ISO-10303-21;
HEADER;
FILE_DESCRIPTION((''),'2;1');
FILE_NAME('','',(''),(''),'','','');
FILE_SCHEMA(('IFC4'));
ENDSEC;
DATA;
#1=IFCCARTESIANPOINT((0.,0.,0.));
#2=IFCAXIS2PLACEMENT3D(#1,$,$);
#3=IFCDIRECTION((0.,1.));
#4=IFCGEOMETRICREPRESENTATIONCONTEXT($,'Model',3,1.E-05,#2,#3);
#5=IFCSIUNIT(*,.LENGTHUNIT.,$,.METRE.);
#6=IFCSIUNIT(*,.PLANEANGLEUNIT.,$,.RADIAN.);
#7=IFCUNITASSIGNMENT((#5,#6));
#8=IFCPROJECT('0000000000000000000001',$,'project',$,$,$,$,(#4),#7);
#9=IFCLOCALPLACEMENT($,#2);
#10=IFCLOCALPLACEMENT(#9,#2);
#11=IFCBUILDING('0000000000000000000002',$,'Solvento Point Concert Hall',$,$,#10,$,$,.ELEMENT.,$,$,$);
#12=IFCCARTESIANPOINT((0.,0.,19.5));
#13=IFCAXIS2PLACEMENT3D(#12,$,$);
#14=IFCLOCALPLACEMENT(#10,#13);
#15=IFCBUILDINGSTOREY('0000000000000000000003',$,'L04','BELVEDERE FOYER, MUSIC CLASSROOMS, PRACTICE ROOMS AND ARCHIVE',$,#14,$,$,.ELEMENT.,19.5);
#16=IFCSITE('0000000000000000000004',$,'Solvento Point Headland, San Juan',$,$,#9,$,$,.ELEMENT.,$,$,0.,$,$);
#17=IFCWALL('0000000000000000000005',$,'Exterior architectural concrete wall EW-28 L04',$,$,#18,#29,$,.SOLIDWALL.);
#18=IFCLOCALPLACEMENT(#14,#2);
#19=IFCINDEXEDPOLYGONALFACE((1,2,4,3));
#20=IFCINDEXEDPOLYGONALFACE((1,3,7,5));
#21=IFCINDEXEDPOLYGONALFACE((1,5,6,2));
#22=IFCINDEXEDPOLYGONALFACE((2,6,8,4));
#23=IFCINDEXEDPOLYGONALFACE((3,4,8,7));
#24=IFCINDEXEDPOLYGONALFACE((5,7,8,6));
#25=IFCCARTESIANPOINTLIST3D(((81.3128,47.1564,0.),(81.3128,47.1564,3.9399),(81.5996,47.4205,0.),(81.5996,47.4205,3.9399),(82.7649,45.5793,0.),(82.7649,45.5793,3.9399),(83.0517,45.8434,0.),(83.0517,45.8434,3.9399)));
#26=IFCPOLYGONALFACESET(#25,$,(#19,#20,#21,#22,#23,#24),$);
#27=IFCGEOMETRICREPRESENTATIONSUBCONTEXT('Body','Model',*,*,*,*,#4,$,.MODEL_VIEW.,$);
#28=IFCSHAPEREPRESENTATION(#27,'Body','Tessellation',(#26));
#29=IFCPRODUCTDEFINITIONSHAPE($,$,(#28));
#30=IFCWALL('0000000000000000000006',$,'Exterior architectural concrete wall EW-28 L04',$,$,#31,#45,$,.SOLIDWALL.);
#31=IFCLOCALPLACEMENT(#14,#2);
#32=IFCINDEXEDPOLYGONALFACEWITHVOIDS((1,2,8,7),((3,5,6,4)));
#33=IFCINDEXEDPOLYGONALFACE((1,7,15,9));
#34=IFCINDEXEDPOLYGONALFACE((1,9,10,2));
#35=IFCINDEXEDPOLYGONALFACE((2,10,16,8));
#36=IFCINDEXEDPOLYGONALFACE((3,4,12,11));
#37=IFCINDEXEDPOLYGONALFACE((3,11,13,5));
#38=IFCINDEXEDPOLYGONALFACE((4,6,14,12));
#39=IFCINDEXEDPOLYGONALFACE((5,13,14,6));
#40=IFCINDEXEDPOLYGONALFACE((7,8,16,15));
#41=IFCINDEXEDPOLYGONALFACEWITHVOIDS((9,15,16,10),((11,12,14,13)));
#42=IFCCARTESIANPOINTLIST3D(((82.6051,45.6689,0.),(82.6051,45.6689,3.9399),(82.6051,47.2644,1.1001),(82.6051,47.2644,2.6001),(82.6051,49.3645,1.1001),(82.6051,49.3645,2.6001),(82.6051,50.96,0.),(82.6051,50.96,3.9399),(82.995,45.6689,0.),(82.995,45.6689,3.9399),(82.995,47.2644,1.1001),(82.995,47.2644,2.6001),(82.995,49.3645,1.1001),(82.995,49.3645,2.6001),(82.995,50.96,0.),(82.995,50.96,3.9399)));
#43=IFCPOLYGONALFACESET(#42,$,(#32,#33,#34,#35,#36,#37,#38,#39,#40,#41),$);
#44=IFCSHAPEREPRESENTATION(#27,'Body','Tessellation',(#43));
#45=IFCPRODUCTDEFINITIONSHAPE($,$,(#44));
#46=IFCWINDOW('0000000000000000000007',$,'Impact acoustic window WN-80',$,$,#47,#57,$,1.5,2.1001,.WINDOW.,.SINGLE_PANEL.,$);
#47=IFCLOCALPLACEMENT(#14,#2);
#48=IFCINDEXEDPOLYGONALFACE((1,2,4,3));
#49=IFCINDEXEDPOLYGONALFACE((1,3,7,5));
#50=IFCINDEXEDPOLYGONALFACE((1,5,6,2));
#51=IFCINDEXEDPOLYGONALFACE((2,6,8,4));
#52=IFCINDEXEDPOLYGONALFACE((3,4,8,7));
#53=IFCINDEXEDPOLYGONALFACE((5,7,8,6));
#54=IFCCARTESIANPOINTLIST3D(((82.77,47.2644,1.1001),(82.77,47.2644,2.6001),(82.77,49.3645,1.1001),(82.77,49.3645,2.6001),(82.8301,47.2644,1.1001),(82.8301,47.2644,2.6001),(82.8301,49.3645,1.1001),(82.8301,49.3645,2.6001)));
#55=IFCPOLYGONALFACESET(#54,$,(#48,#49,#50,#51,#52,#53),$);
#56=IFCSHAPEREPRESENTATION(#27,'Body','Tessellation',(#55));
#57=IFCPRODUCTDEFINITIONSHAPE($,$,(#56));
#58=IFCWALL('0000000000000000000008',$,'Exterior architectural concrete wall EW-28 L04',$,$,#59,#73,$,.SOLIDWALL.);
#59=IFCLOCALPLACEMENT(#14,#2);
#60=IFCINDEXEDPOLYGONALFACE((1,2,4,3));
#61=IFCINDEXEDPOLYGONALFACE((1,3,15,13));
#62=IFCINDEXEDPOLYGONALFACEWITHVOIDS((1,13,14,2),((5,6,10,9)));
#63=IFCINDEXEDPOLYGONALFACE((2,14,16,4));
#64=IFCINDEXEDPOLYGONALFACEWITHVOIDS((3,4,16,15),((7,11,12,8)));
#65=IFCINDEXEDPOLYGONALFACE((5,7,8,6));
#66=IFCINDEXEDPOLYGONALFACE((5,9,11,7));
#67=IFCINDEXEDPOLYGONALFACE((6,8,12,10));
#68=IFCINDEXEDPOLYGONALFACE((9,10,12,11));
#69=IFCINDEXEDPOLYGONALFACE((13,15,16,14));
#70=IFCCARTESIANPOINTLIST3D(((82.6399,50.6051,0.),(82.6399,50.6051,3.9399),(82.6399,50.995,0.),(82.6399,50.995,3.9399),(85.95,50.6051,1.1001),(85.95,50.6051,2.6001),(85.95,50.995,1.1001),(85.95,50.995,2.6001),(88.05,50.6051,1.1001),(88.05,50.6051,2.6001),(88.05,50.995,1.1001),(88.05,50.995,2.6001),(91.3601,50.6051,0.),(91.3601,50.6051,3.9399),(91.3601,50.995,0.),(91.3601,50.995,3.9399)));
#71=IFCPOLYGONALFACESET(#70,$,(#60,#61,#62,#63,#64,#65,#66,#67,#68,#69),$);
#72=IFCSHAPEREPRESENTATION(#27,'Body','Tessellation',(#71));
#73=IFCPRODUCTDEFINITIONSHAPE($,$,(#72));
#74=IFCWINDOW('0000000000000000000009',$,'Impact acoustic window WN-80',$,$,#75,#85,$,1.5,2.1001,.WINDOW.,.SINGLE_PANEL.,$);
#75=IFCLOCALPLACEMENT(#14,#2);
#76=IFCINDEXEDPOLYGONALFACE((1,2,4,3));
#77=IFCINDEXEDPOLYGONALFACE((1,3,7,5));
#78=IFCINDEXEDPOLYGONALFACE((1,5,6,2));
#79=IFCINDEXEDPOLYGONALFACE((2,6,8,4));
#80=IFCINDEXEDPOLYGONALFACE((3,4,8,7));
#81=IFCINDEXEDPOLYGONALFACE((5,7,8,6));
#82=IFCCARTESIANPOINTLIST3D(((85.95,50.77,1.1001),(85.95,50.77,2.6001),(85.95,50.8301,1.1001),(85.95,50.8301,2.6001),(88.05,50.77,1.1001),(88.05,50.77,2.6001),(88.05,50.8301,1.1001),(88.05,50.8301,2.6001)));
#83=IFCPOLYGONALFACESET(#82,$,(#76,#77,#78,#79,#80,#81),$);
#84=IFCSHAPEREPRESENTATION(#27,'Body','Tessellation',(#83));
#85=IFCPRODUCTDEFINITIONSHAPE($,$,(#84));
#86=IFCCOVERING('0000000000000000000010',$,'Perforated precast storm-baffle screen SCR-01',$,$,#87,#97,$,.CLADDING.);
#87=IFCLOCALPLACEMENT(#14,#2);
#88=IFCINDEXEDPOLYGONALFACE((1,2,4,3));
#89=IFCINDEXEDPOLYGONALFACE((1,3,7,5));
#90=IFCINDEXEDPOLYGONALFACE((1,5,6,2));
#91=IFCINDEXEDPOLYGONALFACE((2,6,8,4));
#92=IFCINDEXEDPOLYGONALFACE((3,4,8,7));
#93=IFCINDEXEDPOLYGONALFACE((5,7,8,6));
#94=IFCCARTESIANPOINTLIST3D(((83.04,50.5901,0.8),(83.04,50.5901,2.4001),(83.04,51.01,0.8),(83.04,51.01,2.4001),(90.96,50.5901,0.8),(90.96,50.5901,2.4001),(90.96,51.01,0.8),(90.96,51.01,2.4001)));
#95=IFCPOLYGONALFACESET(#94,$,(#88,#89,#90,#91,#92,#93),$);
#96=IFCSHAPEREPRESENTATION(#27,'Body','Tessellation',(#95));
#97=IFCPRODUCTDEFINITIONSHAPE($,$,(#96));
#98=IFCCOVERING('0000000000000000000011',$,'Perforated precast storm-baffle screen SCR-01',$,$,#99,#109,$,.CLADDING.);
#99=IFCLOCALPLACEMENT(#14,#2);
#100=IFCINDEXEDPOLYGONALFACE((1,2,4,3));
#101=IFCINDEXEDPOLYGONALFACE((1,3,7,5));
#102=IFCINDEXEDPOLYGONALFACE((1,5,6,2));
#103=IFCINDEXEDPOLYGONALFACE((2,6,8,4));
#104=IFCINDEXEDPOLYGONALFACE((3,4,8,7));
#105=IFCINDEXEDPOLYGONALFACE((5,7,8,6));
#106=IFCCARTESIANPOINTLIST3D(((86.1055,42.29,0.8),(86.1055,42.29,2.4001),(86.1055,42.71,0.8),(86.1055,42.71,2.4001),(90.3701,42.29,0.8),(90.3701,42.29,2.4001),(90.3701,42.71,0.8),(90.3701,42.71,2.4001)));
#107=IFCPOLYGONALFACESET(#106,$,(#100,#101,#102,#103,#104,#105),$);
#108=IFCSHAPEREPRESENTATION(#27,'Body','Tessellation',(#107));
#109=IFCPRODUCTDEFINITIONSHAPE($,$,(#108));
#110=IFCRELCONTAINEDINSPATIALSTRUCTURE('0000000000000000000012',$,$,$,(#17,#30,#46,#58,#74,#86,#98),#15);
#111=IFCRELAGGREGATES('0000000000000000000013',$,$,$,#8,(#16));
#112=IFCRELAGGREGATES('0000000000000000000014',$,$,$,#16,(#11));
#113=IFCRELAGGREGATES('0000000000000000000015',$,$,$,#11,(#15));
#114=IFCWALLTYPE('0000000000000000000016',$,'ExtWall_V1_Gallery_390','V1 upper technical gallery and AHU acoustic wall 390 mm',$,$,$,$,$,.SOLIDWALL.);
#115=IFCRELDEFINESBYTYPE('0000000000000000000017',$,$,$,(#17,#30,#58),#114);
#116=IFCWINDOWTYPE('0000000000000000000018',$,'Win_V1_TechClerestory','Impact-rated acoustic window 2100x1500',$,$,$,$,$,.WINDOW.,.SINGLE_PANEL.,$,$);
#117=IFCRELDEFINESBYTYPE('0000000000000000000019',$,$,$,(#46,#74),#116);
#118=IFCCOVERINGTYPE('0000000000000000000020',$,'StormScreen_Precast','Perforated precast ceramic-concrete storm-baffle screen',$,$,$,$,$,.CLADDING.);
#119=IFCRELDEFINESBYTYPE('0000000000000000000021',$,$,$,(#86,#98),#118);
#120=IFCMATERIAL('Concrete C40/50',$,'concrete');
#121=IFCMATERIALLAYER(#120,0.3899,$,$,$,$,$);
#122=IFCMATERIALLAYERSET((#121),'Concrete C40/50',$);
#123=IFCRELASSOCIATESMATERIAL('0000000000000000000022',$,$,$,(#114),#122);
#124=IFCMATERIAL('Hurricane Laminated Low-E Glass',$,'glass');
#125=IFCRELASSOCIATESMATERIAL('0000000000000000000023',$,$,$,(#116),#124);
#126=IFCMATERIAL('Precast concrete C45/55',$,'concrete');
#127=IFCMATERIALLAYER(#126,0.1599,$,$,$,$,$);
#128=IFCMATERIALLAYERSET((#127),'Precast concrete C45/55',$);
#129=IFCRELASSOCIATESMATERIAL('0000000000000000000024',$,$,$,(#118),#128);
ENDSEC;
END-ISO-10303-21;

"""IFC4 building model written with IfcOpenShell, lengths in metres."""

from ifc_helpers import new_model, si_unit, direction, frame, frame_2d, origin, origin_2d, place, context, subcontext, project, spatial, rectangle, extrude, material, layer, layer_set, type_object, element, fill, save


model = new_model("IFC4")

# Units and contexts
model_context = context("Model", 3, precision=1e-05, world=origin(), true_north=direction((0.0, 1.0)))
body_context = subcontext(model_context, "Body", "Model", "MODEL_VIEW")
ifc_project = project(units=[si_unit("LENGTHUNIT", "METRE"), si_unit("PLANEANGLEUNIT", "RADIAN")], contexts=[model_context])

# Site, building, storey
site_placement = place(None, origin())
site = spatial("IfcSite", under=ifc_project, at=site_placement, Name="Solvento Point Headland, San Juan", CompositionType="ELEMENT", RefElevation=0.0)
building_placement = place(site_placement, origin())
building = spatial("IfcBuilding", under=site, at=building_placement, Name="Solvento Point Concert Hall", CompositionType="ELEMENT")
storey_placement = place(building_placement, frame((0.0, 0.0, 19.5)))
storey = spatial("IfcBuildingStorey", under=building, at=storey_placement, Name="L04", Description="BELVEDERE FOYER, MUSIC CLASSROOMS, PRACTICE ROOMS AND ARCHIVE", CompositionType="ELEMENT", Elevation=19.5)

# Wall
ifc_material_1 = material(Name="Concrete C40/50", Category="concrete")
ifc_layer_1 = layer(ifc_material_1, 0.3899)
ifc_layer_set_1 = layer_set([ifc_layer_1], Name="Concrete C40/50")
wall_type_1 = type_object("IfcWallType", Name="ExtWall_V1_Gallery_390", Description="V1 upper technical gallery and AHU acoustic wall 390 mm", PredefinedType="SOLIDWALL", material=ifc_layer_set_1)
wall_1_placement = place(storey_placement, frame((81.4563, 47.2883, 0.0), z_axis=(0.0, 0.0, 1.0), x_axis=(0.677353, -0.735659, 0.0)))
element("IfcWall", 1, at=wall_1_placement, inside=storey, type_object=wall_type_1, Name="Exterior architectural concrete wall EW-28 L04", PredefinedType="SOLIDWALL", context=body_context, shape_type="SweptSolid", body=[
    extrude(rectangle(XDim=2.1438, YDim=0.3899, at=frame_2d((1.0718, 0.0))), origin(), (0.0, 0.0, 1.0), 3.9399),
])

# Walls, openings, windows
wall_2_placement = place(storey_placement, frame((82.8, 45.6689, 0.0), z_axis=(0.0, 0.0, 1.0), x_axis=(0.0, 1.0, 0.0)))
wall_2 = element("IfcWall", 2, at=wall_2_placement, inside=storey, type_object=wall_type_1, Name="Exterior architectural concrete wall EW-28 L04", PredefinedType="SOLIDWALL", context=body_context, shape_type="SweptSolid", body=[
    extrude(rectangle(XDim=5.291, YDim=0.3899, at=frame_2d((2.6455, 0.0))), origin(), (0.0, 0.0, 1.0), 3.9399),
])
opening_1_placement = place(wall_2_placement, frame((1.5955, 0.0, 1.1001)))
opening_1 = element("IfcOpeningElement", 3, at=opening_1_placement, cuts=wall_2, PredefinedType="OPENING", context=body_context, shape_type="SweptSolid", body=[
    extrude(rectangle(XDim=2.1001, YDim=1.5, at=frame_2d((1.05, 0.75))), frame((0.0, 0.2048, 0.0), z_axis=(0.0, -1.0, 0.0), x_axis=(1.0, 0.0, 0.0)), (0.0, 0.0, 1.0), 0.4099),
])
ifc_material_2 = material(Name="Hurricane Laminated Low-E Glass", Category="glass")
window_type = type_object("IfcWindowType", Name="Win_V1_TechClerestory", Description="Impact-rated acoustic window 2100x1500", PartitioningType="SINGLE_PANEL", PredefinedType="WINDOW", material=ifc_material_2)
window_1_placement = place(opening_1_placement, origin())
window_1 = element("IfcWindow", 4, at=window_1_placement, inside=storey, type_object=window_type, Name="Impact acoustic window WN-80", OverallHeight=1.5, OverallWidth=2.1001, PartitioningType="SINGLE_PANEL", PredefinedType="WINDOW", context=body_context, shape_type="SweptSolid", body=[
    extrude(rectangle(XDim=2.1001, YDim=1.5, at=frame_2d((1.05, 0.75))), frame((0.0, 0.03, 0.0), z_axis=(0.0, -1.0, 0.0), x_axis=(1.0, 0.0, 0.0)), (0.0, 0.0, 1.0), 0.0601),
])
fill(opening_1, window_1)
wall_3_placement = place(storey_placement, frame((82.6399, 50.8, 0.0), z_axis=(0.0, 0.0, 1.0), x_axis=(1.0, 0.0, 0.0)))
wall_3 = element("IfcWall", 5, at=wall_3_placement, inside=storey, type_object=wall_type_1, Name="Exterior architectural concrete wall EW-28 L04", PredefinedType="SOLIDWALL", context=body_context, shape_type="SweptSolid", body=[
    extrude(rectangle(XDim=8.7202, YDim=0.3899, at=frame_2d((4.3601, 0.0))), origin(), (0.0, 0.0, 1.0), 3.9399),
])
opening_2_placement = place(wall_3_placement, frame((3.3101, 0.0, 1.1001)))
opening_2 = element("IfcOpeningElement", 6, at=opening_2_placement, cuts=wall_3, PredefinedType="OPENING", context=body_context, shape_type="SweptSolid", body=[
    extrude(rectangle(XDim=2.1001, YDim=1.5, at=frame_2d((1.05, 0.75))), frame((0.0, 0.2048, 0.0), z_axis=(0.0, -1.0, 0.0), x_axis=(1.0, 0.0, 0.0)), (0.0, 0.0, 1.0), 0.4099),
])
window_2_placement = place(opening_2_placement, origin())
window_2 = element("IfcWindow", 7, at=window_2_placement, inside=storey, type_object=window_type, Name="Impact acoustic window WN-80", OverallHeight=1.5, OverallWidth=2.1001, PartitioningType="SINGLE_PANEL", PredefinedType="WINDOW", context=body_context, shape_type="SweptSolid", body=[
    extrude(rectangle(XDim=2.1001, YDim=1.5, at=frame_2d((1.05, 0.75))), frame((0.0, 0.03, 0.0), z_axis=(0.0, -1.0, 0.0), x_axis=(1.0, 0.0, 0.0)), (0.0, 0.0, 1.0), 0.0601),
])
fill(opening_2, window_2)

# Coverings
ifc_material_3 = material(Name="Precast concrete C45/55", Category="concrete")
ifc_layer_2 = layer(ifc_material_3, 0.1599)
ifc_layer_set_2 = layer_set([ifc_layer_2], Name="Precast concrete C45/55")
covering_type = type_object("IfcCoveringType", Name="StormScreen_Precast", Description="Perforated precast ceramic-concrete storm-baffle screen", PredefinedType="CLADDING", material=ifc_layer_set_2)
covering_1_placement = place(storey_placement, frame((87.0, 50.8, 0.8), z_axis=(0.0, 0.0, 1.0), x_axis=(1.0, 0.0, 0.0)))
element("IfcCovering", 8, at=covering_1_placement, inside=storey, type_object=covering_type, Name="Perforated precast storm-baffle screen SCR-01", PredefinedType="CLADDING", context=body_context, shape_type="SweptSolid", body=[
    extrude(rectangle(XDim=7.9199, YDim=0.4199, at=origin_2d()), origin(), (0.0, 0.0, 1.0), 1.6001),
])
covering_2_placement = place(storey_placement, frame((88.2378, 42.5, 0.8), z_axis=(0.0, 0.0, 1.0), x_axis=(-1.0, 0.0, 0.0)))
element("IfcCovering", 9, at=covering_2_placement, inside=storey, type_object=covering_type, Name="Perforated precast storm-baffle screen SCR-01", PredefinedType="CLADDING", context=body_context, shape_type="SweptSolid", body=[
    extrude(rectangle(XDim=4.2646, YDim=0.4199, at=origin_2d()), origin(), (0.0, 0.0, 1.0), 1.6001),
])

save(model, "model.ifc")
